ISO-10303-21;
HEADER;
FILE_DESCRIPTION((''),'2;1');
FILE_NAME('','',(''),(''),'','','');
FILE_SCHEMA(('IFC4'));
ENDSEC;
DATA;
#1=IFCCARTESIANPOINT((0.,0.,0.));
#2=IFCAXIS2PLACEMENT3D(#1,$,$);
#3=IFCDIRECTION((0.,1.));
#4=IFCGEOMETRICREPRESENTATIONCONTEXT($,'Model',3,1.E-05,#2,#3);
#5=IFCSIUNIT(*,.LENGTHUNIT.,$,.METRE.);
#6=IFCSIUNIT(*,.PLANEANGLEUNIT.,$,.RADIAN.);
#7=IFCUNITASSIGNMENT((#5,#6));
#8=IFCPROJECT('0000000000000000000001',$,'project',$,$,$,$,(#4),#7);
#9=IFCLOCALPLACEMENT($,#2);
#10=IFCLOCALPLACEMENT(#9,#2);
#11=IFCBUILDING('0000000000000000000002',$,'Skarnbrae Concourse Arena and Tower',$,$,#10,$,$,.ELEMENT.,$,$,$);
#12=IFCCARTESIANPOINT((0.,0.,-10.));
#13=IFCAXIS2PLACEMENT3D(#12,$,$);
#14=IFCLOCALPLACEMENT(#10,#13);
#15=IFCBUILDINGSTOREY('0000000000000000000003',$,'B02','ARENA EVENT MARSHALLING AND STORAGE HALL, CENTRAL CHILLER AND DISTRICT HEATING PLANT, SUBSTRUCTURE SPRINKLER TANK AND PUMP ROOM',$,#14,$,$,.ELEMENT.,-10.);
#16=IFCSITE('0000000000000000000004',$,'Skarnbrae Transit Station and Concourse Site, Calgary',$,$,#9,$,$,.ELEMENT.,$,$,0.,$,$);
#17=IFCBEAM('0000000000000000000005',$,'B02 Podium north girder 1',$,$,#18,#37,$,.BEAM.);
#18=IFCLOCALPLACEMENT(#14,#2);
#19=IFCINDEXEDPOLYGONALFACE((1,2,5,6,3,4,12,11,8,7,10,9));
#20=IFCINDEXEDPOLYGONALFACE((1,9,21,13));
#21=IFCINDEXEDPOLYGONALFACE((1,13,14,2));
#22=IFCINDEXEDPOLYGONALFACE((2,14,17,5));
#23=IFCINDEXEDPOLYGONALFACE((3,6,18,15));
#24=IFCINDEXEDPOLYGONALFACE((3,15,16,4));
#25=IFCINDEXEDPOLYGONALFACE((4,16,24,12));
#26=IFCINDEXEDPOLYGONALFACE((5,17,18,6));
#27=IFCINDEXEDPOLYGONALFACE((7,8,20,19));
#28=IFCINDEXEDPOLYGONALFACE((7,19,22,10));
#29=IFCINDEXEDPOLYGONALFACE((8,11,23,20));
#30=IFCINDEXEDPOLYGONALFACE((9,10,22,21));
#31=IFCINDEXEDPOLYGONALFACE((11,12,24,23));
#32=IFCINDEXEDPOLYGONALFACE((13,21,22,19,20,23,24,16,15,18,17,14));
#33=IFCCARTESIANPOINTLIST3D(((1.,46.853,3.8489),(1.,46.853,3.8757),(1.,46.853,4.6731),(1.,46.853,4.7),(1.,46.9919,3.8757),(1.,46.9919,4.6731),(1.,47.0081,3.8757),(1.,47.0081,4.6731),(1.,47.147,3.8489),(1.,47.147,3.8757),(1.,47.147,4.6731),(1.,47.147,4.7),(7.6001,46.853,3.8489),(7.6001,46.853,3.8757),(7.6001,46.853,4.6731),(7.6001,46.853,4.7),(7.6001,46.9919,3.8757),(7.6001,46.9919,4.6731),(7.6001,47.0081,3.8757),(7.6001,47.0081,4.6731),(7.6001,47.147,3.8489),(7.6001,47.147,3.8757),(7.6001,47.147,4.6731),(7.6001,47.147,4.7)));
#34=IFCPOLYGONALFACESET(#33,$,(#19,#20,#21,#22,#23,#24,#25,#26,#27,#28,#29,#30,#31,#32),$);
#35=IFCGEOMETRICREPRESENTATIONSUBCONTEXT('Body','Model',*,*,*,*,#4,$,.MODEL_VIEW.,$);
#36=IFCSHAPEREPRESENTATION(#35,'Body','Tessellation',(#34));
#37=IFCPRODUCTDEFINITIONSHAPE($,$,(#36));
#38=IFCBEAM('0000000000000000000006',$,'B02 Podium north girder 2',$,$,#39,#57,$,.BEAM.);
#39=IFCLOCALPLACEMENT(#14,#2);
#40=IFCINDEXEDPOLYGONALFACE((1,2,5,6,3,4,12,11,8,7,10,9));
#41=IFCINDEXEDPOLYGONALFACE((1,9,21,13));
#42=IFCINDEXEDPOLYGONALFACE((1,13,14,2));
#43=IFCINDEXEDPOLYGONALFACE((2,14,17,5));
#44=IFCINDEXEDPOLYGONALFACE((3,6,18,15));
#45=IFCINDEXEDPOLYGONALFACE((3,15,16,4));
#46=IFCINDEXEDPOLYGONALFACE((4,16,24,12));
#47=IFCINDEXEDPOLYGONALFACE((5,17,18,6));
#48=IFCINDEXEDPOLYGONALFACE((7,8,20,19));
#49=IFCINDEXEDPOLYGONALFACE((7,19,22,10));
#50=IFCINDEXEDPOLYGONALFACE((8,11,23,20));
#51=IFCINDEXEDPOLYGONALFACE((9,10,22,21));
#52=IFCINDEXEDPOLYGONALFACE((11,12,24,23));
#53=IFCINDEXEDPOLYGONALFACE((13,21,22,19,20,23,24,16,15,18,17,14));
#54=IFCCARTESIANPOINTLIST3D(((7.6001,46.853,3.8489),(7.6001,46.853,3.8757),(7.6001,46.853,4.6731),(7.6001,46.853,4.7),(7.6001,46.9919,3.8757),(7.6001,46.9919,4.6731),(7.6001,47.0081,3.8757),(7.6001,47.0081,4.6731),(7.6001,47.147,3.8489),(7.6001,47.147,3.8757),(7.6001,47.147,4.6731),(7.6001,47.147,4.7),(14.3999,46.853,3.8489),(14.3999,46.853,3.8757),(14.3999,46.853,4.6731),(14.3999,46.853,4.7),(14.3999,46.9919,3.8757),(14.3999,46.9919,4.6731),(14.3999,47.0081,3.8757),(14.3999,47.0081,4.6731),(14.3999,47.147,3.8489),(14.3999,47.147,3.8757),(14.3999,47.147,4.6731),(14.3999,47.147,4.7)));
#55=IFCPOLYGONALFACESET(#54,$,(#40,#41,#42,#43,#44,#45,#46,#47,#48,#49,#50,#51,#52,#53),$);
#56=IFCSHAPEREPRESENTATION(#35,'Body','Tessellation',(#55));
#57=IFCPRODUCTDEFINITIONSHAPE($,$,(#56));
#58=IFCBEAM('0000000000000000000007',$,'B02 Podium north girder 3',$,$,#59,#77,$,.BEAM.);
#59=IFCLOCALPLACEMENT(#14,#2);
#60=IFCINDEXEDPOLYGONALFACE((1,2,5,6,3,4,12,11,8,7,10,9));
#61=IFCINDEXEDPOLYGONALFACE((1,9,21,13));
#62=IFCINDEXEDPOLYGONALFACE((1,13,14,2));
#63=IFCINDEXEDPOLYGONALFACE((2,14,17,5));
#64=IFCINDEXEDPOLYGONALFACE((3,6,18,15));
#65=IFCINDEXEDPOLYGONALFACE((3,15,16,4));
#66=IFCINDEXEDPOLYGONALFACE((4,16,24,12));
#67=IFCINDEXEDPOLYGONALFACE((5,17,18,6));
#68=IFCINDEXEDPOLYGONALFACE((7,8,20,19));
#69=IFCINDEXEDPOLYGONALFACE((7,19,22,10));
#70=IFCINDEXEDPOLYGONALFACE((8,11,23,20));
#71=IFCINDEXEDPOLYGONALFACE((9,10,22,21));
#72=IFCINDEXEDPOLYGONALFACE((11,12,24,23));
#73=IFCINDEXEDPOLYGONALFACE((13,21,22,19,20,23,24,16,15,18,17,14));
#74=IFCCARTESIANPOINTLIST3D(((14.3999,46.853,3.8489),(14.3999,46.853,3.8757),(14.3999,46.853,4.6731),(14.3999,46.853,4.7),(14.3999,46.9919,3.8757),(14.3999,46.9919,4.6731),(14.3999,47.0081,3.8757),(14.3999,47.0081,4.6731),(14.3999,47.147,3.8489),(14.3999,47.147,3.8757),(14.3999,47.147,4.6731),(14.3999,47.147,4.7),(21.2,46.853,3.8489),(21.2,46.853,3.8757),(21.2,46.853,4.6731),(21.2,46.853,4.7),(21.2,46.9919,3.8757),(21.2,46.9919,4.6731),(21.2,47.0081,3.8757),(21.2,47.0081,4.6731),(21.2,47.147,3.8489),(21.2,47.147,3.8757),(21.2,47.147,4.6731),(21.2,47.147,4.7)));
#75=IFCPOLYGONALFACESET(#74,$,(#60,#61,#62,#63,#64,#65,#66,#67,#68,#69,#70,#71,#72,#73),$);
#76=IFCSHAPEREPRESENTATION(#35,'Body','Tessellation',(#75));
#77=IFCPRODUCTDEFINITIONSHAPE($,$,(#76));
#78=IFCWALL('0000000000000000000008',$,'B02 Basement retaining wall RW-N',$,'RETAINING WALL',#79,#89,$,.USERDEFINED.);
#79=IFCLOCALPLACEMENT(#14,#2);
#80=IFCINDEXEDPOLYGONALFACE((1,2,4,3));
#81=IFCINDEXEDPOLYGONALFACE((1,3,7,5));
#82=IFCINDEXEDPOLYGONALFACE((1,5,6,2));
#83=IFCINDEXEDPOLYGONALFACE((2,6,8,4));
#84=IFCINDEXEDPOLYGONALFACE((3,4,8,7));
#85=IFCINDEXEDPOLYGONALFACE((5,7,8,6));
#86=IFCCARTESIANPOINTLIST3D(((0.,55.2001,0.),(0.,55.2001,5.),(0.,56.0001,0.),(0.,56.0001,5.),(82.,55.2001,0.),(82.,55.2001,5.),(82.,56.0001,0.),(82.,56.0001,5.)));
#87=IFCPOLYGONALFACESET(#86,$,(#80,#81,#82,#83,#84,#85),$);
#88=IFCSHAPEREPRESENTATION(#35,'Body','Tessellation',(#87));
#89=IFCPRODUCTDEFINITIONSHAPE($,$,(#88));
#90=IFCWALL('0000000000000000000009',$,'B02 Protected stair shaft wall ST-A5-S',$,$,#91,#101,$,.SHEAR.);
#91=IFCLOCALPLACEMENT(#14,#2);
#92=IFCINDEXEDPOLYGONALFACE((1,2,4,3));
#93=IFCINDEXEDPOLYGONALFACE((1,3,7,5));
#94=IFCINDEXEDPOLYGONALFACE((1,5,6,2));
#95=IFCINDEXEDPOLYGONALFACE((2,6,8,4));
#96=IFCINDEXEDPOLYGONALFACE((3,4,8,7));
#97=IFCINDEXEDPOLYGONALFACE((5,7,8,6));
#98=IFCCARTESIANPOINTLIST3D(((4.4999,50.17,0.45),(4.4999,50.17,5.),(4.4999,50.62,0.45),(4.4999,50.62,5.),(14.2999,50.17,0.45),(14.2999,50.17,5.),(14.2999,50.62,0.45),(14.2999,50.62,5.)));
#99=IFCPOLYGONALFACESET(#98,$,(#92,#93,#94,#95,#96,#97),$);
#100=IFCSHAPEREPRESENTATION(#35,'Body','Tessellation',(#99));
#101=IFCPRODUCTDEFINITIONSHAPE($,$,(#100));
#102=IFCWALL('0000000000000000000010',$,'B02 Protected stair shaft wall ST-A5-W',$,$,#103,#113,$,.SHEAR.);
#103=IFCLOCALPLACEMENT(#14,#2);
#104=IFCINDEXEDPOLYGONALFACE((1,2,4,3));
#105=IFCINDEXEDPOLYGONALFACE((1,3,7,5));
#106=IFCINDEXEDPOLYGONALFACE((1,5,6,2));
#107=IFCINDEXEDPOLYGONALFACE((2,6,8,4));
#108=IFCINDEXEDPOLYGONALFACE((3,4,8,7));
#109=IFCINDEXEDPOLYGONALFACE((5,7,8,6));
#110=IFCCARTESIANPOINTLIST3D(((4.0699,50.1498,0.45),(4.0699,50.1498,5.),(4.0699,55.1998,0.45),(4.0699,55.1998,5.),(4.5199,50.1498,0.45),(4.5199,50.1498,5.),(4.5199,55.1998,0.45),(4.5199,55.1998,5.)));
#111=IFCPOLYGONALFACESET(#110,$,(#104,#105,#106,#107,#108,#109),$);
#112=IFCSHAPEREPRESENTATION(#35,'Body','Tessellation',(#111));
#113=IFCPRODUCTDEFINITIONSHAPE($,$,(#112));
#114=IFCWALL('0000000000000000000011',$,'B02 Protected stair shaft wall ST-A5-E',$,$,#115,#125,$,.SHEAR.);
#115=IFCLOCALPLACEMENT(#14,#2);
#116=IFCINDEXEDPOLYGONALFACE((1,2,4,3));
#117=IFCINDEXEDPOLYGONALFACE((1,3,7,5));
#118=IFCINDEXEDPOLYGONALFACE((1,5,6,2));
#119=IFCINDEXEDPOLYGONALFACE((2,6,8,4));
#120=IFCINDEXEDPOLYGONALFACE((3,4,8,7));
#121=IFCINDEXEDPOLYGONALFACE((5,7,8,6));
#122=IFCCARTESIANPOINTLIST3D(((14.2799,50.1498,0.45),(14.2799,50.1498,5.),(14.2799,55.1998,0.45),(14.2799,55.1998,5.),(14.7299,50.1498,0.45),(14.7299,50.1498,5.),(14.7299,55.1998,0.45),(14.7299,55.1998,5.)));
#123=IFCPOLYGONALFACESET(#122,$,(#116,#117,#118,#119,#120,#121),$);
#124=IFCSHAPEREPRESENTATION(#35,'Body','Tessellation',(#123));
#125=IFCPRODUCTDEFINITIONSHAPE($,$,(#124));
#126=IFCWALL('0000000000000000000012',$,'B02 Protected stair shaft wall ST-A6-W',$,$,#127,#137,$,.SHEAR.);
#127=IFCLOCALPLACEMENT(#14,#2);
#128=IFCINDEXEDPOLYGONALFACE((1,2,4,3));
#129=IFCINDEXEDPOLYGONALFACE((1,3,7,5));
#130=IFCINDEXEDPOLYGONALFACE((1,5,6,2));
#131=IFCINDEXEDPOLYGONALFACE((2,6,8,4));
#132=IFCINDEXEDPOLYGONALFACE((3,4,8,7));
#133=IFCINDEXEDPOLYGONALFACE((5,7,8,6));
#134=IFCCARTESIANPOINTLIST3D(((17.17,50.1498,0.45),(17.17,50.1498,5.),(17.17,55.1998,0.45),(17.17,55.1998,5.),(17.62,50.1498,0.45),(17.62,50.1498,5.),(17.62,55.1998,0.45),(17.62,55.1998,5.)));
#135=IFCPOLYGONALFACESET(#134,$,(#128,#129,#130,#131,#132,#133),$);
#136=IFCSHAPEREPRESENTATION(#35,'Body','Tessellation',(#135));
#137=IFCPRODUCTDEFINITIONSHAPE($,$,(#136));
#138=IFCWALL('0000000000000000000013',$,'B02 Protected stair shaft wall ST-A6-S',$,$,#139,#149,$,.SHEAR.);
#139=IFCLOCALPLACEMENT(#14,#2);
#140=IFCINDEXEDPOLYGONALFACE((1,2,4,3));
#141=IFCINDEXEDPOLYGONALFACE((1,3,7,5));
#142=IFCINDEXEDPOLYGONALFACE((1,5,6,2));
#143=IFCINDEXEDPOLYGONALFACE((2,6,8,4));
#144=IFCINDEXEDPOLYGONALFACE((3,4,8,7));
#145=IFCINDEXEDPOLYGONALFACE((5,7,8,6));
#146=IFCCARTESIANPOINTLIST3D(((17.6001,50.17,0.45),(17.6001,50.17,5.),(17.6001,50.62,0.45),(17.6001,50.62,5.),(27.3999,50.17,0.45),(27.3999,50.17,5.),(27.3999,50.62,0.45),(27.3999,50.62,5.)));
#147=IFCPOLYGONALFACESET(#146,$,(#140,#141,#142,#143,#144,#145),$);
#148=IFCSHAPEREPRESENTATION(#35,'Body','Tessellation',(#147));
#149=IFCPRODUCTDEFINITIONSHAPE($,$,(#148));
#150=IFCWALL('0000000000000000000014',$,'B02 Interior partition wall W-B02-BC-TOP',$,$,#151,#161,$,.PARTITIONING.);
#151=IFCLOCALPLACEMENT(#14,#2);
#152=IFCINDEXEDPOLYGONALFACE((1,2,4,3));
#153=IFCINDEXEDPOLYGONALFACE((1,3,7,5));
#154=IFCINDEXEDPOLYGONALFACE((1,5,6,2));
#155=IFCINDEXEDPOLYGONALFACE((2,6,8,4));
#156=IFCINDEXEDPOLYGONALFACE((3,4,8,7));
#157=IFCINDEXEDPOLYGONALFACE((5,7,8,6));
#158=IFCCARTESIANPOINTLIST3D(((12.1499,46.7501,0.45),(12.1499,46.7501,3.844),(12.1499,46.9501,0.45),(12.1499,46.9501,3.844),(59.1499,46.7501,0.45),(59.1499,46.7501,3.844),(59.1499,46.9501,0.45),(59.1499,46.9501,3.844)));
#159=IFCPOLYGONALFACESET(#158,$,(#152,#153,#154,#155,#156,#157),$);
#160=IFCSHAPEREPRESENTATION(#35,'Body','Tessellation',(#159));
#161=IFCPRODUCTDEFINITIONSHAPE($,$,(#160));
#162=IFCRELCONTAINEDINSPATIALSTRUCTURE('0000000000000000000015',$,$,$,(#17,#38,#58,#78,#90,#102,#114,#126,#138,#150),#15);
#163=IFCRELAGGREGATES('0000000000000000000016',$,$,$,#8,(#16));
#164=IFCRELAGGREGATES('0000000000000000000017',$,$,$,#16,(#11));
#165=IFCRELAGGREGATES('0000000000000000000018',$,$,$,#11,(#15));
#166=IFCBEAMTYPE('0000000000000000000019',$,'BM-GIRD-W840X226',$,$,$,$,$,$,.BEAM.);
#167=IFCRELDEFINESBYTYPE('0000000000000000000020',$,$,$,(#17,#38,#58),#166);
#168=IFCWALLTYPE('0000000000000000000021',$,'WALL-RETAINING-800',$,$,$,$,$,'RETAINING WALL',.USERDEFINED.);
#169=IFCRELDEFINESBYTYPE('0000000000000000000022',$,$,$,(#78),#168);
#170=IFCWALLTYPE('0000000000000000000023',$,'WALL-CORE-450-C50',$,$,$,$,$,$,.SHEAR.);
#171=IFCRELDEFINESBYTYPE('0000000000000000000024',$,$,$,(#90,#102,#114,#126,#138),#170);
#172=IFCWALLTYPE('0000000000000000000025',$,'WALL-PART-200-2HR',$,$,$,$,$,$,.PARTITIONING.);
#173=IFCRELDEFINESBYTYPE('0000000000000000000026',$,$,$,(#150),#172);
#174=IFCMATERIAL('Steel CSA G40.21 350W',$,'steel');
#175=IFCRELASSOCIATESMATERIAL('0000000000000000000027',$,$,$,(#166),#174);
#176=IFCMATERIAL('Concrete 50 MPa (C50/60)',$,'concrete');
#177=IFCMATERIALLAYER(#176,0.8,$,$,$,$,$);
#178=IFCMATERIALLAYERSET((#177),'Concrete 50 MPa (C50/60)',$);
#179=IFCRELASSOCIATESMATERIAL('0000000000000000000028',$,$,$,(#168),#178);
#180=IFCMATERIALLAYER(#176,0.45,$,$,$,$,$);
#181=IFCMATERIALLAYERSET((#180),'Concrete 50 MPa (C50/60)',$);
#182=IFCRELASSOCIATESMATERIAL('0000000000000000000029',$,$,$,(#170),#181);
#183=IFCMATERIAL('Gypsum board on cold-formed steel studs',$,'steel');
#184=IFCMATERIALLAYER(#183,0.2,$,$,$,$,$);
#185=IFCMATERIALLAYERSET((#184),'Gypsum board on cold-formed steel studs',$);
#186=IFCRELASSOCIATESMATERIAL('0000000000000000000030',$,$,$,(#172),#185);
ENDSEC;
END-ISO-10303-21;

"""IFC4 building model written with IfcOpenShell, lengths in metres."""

from ifc_helpers import new_model, si_unit, direction, frame, frame_2d, origin, origin_2d, place, context, subcontext, project, spatial, rectangle, i_section, extrude, source, transform, mapped, material, layer, layer_set, material_profile, profile_set, type_object, element, save


model = new_model("IFC4")

# Units and contexts
model_context = context("Model", 3, precision=1e-05, world=origin(), true_north=direction((0.0, 1.0)))
body_context = subcontext(model_context, "Body", "Model", "MODEL_VIEW")
ifc_project = project(units=[si_unit("LENGTHUNIT", "METRE"), si_unit("PLANEANGLEUNIT", "RADIAN")], contexts=[model_context])

# Site, building, storey
site_placement = place(None, origin())
site = spatial("IfcSite", under=ifc_project, at=site_placement, Name="Skarnbrae Transit Station and Concourse Site, Calgary", CompositionType="ELEMENT", RefElevation=0.0)
building_placement = place(site_placement, origin())
building = spatial("IfcBuilding", under=site, at=building_placement, Name="Skarnbrae Concourse Arena and Tower", CompositionType="ELEMENT")
storey_placement = place(building_placement, frame((0.0, 0.0, -10.0)))
storey = spatial("IfcBuildingStorey", under=building, at=storey_placement, Name="B02", Description="ARENA EVENT MARSHALLING AND STORAGE HALL, CENTRAL CHILLER AND DISTRICT HEATING PLANT, SUBSTRUCTURE SPRINKLER TANK AND PUMP ROOM", CompositionType="ELEMENT", Elevation=-10.0)

# Shared definitions
ifc_material_1 = material(Name="Concrete 50 MPa (C50/60)", Category="concrete")

# Shared definitions
ifc_material_2 = material(Name="Steel CSA G40.21 350W", Category="steel")

# Beams
ifc_material_profile_1 = material_profile(ifc_material_2, i_section(OverallWidth=0.2939, OverallDepth=0.8511, WebThickness=0.0161, FlangeThickness=0.0269, at=origin_2d()), Name="W840X226")
ifc_profile_set_1 = profile_set([ifc_material_profile_1], Name="Steel CSA G40.21 350W")
beam_type = type_object("IfcBeamType", Name="BM-GIRD-W840X226", PredefinedType="BEAM", material=ifc_profile_set_1)
shared_shape_1 = source(origin(), body_context, "Body", "SweptSolid", [
    extrude(i_section(OverallWidth=0.2939, OverallDepth=0.8511, WebThickness=0.0161, FlangeThickness=0.0269, at=origin_2d()), origin(), (0.0, 0.0, 1.0), 6.6001),
])
beam_1_placement = place(storey_placement, frame((1.0, 47.0, 4.2744), z_axis=(1.0, 0.0, 0.0), x_axis=(0.0, 1.0, 0.0)))
element("IfcBeam", 1, at=beam_1_placement, inside=storey, type_object=beam_type, Name="B02 Podium north girder 1", PredefinedType="BEAM", context=body_context, shape_type="MappedRepresentation", body=[
    mapped(shared_shape_1, transform((0.0, 0.0, 0.0))),
])
shared_shape_2 = source(origin(), body_context, "Body", "SweptSolid", [
    extrude(i_section(OverallWidth=0.2939, OverallDepth=0.8511, WebThickness=0.0161, FlangeThickness=0.0269, at=origin_2d()), origin(), (0.0, 0.0, 1.0), 6.7998),
])
beam_2_placement = place(storey_placement, frame((7.6001, 47.0, 4.2744), z_axis=(1.0, 0.0, 0.0), x_axis=(0.0, 1.0, 0.0)))
element("IfcBeam", 2, at=beam_2_placement, inside=storey, type_object=beam_type, Name="B02 Podium north girder 2", PredefinedType="BEAM", context=body_context, shape_type="MappedRepresentation", body=[
    mapped(shared_shape_2, transform((0.0, 0.0, 0.0))),
])
shared_shape_3 = source(origin(), body_context, "Body", "SweptSolid", [
    extrude(i_section(OverallWidth=0.2939, OverallDepth=0.8511, WebThickness=0.0161, FlangeThickness=0.0269, at=origin_2d()), origin(), (0.0, 0.0, 1.0), 6.8),
])
beam_3_placement = place(storey_placement, frame((14.3999, 47.0, 4.2744), z_axis=(1.0, 0.0, 0.0), x_axis=(0.0, 1.0, 0.0)))
element("IfcBeam", 3, at=beam_3_placement, inside=storey, type_object=beam_type, Name="B02 Podium north girder 3", PredefinedType="BEAM", context=body_context, shape_type="MappedRepresentation", body=[
    mapped(shared_shape_3, transform((0.0, 0.0, 0.0))),
])

# Walls
ifc_layer_1 = layer(ifc_material_1, 0.8)
ifc_layer_set_1 = layer_set([ifc_layer_1], Name="Concrete 50 MPa (C50/60)")
wall_type_1 = type_object("IfcWallType", Name="WALL-RETAINING-800", ElementType="RETAINING WALL", PredefinedType="USERDEFINED", material=ifc_layer_set_1)
shared_shape_4 = source(origin(), body_context, "Body", "SweptSolid", [
    extrude(rectangle(XDim=82.0, YDim=0.8, at=frame_2d((41.0, 0.0))), origin(), (0.0, 0.0, 1.0), 5.0),
])
wall_1_placement = place(storey_placement, frame((0.0, 55.6001, 0.0), z_axis=(0.0, 0.0, 1.0), x_axis=(1.0, 0.0, 0.0)))
element("IfcWall", 4, at=wall_1_placement, inside=storey, type_object=wall_type_1, Name="B02 Basement retaining wall RW-N", ObjectType="RETAINING WALL", PredefinedType="USERDEFINED", context=body_context, shape_type="MappedRepresentation", body=[
    mapped(shared_shape_4, transform((0.0, 0.0, 0.0))),
])
ifc_layer_2 = layer(ifc_material_1, 0.45)
ifc_layer_set_2 = layer_set([ifc_layer_2], Name="Concrete 50 MPa (C50/60)")
wall_type_2 = type_object("IfcWallType", Name="WALL-CORE-450-C50", PredefinedType="SHEAR", material=ifc_layer_set_2)
shared_shape_5 = source(origin(), body_context, "Body", "SweptSolid", [
    extrude(rectangle(XDim=9.8, YDim=0.45, at=frame_2d((4.8999, 0.0))), origin(), (0.0, 0.0, 1.0), 4.55),
])
wall_2_placement = place(storey_placement, frame((4.5, 50.395, 0.45), z_axis=(0.0, 0.0, 1.0), x_axis=(1.0, 0.0, 0.0)))
element("IfcWall", 5, at=wall_2_placement, inside=storey, type_object=wall_type_2, Name="B02 Protected stair shaft wall ST-A5-S", PredefinedType="SHEAR", context=body_context, shape_type="MappedRepresentation", body=[
    mapped(shared_shape_5, transform((0.0, 0.0, 0.0))),
])
shared_shape_6 = source(origin(), body_context, "Body", "SweptSolid", [
    extrude(rectangle(XDim=5.05, YDim=0.45, at=frame_2d((2.5249, 0.0))), origin(), (0.0, 0.0, 1.0), 4.55),
])
for number, where, z_axis, x_axis, name in (
    (6, (4.2949, 50.1499, 0.45), (0.0, 0.0, 1.0), (0.0, 1.0, 0.0), "B02 Protected stair shaft wall ST-A5-W"),
    (7, (14.5049, 50.1499, 0.45), (0.0, 0.0, 1.0), (0.0, 1.0, 0.0), "B02 Protected stair shaft wall ST-A5-E"),
    (8, (17.395, 50.1499, 0.45), (0.0, 0.0, 1.0), (0.0, 1.0, 0.0), "B02 Protected stair shaft wall ST-A6-W"),
):
    element("IfcWall", number, at=place(storey_placement, frame(where, z_axis=z_axis, x_axis=x_axis)), inside=storey, type_object=wall_type_2, Name=name, PredefinedType="SHEAR", context=body_context, shape_type="MappedRepresentation", body=[
        mapped(shared_shape_6, transform((0.0, 0.0, 0.0))),
    ])
shared_shape_7 = source(origin(), body_context, "Body", "SweptSolid", [
    extrude(rectangle(XDim=9.7998, YDim=0.45, at=frame_2d((4.8999, 0.0))), origin(), (0.0, 0.0, 1.0), 4.55),
])
wall_3_placement = place(storey_placement, frame((17.6001, 50.395, 0.45), z_axis=(0.0, 0.0, 1.0), x_axis=(1.0, 0.0, 0.0)))
element("IfcWall", 9, at=wall_3_placement, inside=storey, type_object=wall_type_2, Name="B02 Protected stair shaft wall ST-A6-S", PredefinedType="SHEAR", context=body_context, shape_type="MappedRepresentation", body=[
    mapped(shared_shape_7, transform((0.0, 0.0, 0.0))),
])
ifc_material_3 = material(Name="Gypsum board on cold-formed steel studs", Category="steel")
ifc_layer_3 = layer(ifc_material_3, 0.2)
ifc_layer_set_3 = layer_set([ifc_layer_3], Name="Gypsum board on cold-formed steel studs")
wall_type_3 = type_object("IfcWallType", Name="WALL-PART-200-2HR", PredefinedType="PARTITIONING", material=ifc_layer_set_3)
shared_shape_8 = source(origin(), body_context, "Body", "SweptSolid", [
    extrude(rectangle(XDim=47.0, YDim=0.2, at=frame_2d((23.5, 0.0))), origin(), (0.0, 0.0, 1.0), 3.394),
])
wall_4_placement = place(storey_placement, frame((12.1499, 46.8501, 0.45), z_axis=(0.0, 0.0, 1.0), x_axis=(1.0, 0.0, 0.0)))
element("IfcWall", 10, at=wall_4_placement, inside=storey, type_object=wall_type_3, Name="B02 Interior partition wall W-B02-BC-TOP", PredefinedType="PARTITIONING", context=body_context, shape_type="MappedRepresentation", body=[
    mapped(shared_shape_8, transform((0.0, 0.0, 0.0))),
])

save(model, "model.ifc")
